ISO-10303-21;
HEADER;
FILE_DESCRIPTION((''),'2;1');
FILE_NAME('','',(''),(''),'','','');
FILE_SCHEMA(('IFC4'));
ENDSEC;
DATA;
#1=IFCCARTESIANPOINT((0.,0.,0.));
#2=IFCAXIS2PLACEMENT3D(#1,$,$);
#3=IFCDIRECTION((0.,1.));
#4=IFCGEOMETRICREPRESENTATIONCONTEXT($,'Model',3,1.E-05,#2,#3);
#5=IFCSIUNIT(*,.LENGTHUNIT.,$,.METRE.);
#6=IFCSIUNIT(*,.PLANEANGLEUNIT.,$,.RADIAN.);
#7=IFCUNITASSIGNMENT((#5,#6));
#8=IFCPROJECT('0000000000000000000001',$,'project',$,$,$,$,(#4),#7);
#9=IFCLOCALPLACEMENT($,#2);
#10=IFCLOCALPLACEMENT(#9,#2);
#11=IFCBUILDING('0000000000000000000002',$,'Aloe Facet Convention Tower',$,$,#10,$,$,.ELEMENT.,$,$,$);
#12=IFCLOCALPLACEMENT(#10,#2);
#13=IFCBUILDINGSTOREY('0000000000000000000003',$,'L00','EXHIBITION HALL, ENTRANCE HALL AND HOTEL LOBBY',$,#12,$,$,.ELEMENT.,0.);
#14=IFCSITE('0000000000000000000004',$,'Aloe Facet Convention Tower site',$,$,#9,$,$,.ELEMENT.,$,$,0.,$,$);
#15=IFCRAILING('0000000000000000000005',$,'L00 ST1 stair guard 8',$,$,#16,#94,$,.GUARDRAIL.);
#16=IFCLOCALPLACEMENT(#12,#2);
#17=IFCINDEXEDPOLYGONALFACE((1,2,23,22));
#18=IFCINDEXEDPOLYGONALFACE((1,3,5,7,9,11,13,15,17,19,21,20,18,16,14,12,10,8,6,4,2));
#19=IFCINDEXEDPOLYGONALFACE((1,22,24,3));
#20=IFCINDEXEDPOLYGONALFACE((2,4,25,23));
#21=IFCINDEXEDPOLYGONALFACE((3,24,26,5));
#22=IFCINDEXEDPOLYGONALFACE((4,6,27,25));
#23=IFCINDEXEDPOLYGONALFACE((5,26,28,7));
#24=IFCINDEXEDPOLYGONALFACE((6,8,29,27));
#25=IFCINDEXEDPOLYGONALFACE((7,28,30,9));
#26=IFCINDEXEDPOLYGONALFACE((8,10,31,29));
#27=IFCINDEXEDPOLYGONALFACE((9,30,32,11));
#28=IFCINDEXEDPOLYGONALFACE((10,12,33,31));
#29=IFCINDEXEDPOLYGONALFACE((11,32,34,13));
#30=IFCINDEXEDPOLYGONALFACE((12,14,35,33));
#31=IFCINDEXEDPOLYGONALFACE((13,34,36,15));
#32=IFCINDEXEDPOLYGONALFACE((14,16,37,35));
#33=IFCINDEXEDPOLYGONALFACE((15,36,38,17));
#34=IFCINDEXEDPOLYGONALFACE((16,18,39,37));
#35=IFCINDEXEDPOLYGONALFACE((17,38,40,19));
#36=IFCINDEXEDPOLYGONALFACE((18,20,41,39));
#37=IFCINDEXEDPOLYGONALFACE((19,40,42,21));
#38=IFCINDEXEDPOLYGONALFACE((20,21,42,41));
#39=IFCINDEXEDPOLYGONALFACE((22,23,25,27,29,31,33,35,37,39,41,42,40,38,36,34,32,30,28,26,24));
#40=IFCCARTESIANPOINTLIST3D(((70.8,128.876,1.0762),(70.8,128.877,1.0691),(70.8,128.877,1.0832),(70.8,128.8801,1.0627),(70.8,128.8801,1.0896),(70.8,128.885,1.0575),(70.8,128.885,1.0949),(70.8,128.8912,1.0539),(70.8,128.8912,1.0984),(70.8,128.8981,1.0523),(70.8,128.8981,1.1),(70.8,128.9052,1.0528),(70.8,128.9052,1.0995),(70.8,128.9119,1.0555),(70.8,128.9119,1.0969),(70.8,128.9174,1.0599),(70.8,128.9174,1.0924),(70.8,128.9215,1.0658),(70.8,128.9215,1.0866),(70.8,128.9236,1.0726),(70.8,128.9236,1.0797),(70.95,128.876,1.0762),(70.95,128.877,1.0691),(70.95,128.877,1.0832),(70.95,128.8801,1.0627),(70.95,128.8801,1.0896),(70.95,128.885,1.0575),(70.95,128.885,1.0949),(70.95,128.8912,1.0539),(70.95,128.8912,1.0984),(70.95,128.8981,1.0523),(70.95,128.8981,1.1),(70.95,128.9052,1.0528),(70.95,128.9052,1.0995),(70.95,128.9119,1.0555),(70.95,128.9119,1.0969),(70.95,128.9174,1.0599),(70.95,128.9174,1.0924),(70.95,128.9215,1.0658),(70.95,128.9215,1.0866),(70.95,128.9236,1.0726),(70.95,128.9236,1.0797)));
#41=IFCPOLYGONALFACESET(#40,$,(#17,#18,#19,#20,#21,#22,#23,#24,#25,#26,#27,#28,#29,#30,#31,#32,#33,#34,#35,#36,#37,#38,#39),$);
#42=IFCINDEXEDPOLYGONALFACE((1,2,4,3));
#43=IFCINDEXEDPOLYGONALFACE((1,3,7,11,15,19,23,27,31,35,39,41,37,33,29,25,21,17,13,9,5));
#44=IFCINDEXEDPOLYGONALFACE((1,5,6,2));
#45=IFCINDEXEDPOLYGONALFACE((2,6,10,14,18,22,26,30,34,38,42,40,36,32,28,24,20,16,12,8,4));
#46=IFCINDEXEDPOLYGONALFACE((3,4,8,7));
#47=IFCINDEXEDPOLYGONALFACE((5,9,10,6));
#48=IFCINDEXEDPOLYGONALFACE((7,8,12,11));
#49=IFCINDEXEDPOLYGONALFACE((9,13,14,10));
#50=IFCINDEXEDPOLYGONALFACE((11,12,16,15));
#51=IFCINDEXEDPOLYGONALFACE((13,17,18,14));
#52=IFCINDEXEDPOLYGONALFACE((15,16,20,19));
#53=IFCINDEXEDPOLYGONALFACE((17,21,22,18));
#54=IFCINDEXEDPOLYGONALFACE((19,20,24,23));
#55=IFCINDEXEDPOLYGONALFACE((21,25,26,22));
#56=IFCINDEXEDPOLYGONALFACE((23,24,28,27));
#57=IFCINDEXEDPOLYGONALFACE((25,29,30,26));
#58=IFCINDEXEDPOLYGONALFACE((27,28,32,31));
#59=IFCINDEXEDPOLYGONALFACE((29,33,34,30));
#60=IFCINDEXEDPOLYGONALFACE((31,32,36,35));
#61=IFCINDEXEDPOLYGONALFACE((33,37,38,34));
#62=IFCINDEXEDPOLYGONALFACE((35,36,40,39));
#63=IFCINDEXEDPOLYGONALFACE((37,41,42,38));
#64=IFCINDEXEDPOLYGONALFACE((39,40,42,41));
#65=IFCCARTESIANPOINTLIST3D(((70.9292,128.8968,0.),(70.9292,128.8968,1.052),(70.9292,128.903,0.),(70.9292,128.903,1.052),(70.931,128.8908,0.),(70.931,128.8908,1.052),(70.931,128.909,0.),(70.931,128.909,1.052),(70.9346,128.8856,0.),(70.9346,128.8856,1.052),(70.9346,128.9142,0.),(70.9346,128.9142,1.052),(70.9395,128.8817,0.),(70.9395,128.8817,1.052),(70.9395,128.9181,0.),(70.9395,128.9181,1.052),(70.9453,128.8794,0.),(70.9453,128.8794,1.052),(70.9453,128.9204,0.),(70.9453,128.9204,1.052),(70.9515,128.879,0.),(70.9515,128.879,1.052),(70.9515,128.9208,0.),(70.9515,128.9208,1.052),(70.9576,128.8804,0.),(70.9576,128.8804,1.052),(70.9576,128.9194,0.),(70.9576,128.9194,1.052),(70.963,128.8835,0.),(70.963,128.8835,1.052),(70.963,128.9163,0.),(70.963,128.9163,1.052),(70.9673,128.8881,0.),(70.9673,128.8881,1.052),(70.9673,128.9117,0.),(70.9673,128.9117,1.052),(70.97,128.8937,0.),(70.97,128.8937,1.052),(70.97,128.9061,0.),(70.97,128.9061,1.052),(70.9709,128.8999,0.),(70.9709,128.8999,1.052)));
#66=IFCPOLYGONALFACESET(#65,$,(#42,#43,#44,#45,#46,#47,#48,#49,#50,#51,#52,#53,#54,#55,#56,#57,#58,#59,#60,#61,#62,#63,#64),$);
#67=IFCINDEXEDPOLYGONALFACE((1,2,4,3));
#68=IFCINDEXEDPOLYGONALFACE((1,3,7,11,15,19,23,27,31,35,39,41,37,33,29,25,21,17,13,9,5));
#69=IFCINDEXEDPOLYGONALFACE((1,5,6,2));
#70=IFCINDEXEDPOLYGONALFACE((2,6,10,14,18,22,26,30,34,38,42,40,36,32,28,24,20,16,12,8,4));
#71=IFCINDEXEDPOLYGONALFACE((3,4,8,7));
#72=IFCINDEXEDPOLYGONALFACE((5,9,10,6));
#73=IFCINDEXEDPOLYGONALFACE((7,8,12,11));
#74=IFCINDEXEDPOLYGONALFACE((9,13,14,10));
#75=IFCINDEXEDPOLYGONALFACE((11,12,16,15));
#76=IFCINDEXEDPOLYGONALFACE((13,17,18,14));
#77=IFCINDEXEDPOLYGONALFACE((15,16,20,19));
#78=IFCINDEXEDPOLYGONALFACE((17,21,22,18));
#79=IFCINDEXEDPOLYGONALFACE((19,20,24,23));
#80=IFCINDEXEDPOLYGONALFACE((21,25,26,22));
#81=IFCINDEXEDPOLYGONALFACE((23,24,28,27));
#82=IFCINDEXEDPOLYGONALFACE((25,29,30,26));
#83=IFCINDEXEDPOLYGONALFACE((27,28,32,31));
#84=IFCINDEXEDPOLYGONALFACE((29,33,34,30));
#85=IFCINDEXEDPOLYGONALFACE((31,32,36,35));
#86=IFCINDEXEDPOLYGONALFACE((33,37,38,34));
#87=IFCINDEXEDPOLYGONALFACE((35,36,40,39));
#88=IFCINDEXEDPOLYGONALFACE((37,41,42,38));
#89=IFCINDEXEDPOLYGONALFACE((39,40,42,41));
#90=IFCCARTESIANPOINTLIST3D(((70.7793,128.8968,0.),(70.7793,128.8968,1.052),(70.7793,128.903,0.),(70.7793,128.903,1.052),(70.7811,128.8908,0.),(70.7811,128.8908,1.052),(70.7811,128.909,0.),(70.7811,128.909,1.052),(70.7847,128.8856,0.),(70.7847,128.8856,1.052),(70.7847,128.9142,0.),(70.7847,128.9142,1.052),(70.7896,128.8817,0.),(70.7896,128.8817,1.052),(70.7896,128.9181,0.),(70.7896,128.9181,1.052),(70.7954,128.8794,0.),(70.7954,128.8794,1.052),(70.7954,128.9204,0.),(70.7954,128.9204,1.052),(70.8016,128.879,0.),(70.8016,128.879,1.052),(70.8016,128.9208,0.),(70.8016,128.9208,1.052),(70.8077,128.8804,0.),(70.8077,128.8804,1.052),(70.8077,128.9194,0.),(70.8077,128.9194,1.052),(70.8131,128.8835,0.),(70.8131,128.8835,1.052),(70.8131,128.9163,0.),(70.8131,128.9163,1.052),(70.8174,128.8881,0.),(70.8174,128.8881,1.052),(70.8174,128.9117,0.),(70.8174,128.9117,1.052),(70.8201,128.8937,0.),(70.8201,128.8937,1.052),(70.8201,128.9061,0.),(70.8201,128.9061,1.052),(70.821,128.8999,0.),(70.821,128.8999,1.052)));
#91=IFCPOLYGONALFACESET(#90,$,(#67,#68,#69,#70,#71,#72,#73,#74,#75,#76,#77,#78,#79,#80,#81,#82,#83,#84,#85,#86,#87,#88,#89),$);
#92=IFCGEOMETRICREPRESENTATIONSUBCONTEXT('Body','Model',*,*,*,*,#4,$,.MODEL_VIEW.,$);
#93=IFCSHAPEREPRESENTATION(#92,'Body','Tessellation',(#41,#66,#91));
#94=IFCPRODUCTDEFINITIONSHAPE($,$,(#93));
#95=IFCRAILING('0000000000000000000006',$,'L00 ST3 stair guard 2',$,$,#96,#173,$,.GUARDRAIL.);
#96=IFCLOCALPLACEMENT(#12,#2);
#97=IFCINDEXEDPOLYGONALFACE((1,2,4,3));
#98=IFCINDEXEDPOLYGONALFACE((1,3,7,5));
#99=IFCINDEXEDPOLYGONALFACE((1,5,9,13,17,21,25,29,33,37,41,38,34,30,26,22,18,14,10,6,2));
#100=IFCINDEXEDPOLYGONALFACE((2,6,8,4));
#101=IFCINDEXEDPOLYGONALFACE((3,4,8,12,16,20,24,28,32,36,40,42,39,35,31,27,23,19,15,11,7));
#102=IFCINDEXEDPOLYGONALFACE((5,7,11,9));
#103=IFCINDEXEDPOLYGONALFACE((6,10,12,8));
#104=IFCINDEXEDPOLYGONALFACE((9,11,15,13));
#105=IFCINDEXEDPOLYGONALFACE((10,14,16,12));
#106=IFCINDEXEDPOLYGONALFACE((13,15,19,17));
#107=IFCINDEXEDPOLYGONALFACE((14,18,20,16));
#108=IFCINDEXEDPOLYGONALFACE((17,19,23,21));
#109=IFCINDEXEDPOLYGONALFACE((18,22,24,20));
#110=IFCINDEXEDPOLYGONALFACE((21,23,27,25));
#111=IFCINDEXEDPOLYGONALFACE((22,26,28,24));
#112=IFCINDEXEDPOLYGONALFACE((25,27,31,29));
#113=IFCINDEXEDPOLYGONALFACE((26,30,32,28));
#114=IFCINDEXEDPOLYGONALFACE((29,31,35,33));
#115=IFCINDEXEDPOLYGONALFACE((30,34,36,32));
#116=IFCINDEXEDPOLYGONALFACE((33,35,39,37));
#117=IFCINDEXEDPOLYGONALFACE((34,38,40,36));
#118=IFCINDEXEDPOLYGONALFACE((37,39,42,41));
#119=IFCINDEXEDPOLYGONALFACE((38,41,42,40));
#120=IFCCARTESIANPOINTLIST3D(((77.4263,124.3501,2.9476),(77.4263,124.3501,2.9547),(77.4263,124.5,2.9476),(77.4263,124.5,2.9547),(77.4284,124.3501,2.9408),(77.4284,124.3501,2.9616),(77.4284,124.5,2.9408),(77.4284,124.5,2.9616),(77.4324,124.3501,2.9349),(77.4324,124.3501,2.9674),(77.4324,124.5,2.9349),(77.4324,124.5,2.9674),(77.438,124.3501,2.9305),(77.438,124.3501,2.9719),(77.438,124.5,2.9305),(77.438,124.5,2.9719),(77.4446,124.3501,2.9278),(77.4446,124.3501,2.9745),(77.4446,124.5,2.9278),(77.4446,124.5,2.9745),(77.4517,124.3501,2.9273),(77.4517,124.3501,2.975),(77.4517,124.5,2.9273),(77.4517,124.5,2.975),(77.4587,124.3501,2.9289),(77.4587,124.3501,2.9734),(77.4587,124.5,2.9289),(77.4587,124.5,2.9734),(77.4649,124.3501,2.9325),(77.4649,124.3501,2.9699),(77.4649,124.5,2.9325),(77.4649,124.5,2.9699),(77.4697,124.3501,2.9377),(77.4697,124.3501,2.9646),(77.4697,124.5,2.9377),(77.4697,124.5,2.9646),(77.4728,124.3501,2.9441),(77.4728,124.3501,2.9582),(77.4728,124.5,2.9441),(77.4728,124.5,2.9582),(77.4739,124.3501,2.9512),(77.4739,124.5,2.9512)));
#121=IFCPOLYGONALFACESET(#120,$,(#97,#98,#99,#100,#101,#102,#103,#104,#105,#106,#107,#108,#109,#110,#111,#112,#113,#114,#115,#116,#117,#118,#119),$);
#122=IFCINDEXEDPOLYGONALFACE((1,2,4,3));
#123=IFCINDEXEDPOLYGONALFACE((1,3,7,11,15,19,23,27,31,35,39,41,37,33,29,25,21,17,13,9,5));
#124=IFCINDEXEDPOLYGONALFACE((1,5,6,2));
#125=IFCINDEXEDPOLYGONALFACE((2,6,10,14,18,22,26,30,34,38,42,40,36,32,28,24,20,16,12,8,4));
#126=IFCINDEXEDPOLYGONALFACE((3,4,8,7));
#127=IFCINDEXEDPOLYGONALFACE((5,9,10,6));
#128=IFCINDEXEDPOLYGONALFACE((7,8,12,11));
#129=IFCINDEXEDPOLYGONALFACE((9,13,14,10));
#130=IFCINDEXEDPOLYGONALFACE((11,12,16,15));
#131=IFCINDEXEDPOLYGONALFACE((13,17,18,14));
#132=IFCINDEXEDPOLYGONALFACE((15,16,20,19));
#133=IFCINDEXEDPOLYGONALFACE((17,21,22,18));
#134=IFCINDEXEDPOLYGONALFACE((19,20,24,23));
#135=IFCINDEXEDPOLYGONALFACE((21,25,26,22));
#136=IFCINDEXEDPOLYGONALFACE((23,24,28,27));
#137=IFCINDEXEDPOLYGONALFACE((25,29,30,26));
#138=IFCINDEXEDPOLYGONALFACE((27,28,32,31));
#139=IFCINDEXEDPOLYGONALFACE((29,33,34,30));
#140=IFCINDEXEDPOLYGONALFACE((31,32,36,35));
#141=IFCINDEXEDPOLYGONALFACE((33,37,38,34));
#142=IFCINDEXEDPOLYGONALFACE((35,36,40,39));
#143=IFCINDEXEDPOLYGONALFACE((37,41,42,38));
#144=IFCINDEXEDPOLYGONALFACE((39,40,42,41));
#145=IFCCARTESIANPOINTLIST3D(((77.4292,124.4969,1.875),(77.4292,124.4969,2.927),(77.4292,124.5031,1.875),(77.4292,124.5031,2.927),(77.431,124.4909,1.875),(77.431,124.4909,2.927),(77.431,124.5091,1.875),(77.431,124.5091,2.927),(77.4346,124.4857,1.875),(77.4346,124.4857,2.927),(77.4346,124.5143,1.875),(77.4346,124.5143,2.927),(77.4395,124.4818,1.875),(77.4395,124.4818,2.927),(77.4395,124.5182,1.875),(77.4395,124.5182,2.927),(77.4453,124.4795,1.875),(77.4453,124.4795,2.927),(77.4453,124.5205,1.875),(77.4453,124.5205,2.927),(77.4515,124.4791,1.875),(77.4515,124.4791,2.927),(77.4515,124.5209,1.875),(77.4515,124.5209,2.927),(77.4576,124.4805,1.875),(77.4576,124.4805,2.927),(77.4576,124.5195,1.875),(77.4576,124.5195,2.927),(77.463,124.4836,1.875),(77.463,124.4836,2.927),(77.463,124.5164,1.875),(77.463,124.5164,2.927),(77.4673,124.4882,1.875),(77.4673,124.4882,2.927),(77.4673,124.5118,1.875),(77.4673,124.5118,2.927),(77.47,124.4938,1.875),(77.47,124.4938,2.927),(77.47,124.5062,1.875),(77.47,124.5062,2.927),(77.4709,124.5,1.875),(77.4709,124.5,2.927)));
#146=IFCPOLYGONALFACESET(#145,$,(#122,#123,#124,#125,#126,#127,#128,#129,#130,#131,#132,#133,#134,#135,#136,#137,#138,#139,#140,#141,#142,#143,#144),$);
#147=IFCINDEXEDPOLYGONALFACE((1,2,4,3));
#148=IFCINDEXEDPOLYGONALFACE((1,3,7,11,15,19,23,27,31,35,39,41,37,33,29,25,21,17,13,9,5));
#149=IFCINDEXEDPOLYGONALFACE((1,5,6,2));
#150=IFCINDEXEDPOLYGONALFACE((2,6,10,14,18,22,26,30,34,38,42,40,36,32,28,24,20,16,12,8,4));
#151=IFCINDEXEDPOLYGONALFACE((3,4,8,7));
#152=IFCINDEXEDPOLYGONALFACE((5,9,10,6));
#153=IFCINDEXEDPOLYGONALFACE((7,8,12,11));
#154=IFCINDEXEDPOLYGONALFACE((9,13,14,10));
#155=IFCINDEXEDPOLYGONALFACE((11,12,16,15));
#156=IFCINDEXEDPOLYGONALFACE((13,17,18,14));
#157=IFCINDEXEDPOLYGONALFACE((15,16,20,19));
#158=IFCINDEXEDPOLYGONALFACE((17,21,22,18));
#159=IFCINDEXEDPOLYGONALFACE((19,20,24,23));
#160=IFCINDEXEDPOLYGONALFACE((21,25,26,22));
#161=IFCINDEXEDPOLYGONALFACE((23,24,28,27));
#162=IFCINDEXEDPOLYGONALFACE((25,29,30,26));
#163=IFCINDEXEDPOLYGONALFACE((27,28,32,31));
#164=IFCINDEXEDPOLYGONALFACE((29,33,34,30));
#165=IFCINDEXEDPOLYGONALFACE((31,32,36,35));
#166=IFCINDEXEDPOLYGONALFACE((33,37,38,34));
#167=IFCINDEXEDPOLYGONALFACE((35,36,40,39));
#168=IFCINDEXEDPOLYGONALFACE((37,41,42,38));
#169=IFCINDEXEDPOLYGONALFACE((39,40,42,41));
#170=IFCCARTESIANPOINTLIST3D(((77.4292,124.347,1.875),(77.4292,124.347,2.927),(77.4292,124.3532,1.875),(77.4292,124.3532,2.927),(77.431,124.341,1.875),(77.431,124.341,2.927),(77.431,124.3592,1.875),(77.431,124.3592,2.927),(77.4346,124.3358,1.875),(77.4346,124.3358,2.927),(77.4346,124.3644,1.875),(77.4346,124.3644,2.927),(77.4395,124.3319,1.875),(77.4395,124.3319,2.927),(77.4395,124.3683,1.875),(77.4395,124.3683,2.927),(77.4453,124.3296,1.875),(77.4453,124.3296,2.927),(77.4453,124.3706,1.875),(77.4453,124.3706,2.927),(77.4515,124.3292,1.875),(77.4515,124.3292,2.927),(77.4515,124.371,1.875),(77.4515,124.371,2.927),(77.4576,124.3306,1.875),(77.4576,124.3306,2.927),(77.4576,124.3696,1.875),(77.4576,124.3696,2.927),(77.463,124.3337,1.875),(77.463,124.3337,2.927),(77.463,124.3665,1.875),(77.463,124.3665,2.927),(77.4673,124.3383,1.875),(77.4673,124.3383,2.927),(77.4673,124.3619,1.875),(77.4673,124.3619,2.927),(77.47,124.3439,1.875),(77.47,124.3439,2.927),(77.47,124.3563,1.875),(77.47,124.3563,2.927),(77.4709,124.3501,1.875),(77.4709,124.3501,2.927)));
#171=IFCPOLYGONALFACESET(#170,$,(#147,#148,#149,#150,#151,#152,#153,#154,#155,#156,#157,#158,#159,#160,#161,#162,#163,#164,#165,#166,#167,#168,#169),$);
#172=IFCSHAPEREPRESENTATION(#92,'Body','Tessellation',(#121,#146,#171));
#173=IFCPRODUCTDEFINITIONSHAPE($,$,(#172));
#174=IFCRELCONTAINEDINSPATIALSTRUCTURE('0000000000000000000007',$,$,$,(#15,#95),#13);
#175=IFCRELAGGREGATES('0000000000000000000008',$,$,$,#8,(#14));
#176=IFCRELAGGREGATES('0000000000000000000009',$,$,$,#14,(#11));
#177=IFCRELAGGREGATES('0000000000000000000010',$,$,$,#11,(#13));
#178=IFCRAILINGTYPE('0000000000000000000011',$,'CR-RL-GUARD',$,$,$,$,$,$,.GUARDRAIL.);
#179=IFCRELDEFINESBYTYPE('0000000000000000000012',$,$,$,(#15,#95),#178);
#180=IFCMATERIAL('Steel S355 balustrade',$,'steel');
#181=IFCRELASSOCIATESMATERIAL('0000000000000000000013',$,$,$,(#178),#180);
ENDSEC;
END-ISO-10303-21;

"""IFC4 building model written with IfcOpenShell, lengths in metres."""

from ifc_helpers import new_model, si_unit, direction, frame, origin, origin_2d, place, context, subcontext, project, spatial, circle, extrude, material, type_object, element, save


model = new_model("IFC4")

# Units and contexts
model_context = context("Model", 3, precision=1e-05, world=origin(), true_north=direction((0.0, 1.0)))
body_context = subcontext(model_context, "Body", "Model", "MODEL_VIEW")
ifc_project = project(units=[si_unit("LENGTHUNIT", "METRE"), si_unit("PLANEANGLEUNIT", "RADIAN")], contexts=[model_context])

# Site, building, storey
site_placement = place(None, origin())
site = spatial("IfcSite", under=ifc_project, at=site_placement, Name="Aloe Facet Convention Tower site", CompositionType="ELEMENT", RefElevation=0.0)
building_placement = place(site_placement, origin())
building = spatial("IfcBuilding", under=site, at=building_placement, Name="Aloe Facet Convention Tower", CompositionType="ELEMENT")
storey_placement = place(building_placement, origin())
storey = spatial("IfcBuildingStorey", under=building, at=storey_placement, Name="L00", Description="EXHIBITION HALL, ENTRANCE HALL AND HOTEL LOBBY", CompositionType="ELEMENT", Elevation=0.0)

# Railings
ifc_material_1 = material(Name="Steel S355 balustrade", Category="steel")
railing_type = type_object("IfcRailingType", Name="CR-RL-GUARD", PredefinedType="GUARDRAIL", material=ifc_material_1)
railing_1_placement = place(storey_placement, frame((70.95, 128.8999, 0.0)))
element("IfcRailing", 1, at=railing_1_placement, inside=storey, type_object=railing_type, Name="L00 ST1 stair guard 8", PredefinedType="GUARDRAIL", context=body_context, shape_type="SweptSolid", body=[
    extrude(circle(Radius=0.0239, at=origin_2d()), frame((0.0, 0.0, 1.0762), z_axis=(-1.0, 0.0, 0.0), x_axis=(0.0, -1.0, 0.0)), (0.0, 0.0, 1.0), 0.1499),
    extrude(circle(Radius=0.021, at=origin_2d()), origin(), (0.0, 0.0, 1.0), 1.052),
    extrude(circle(Radius=0.021, at=origin_2d()), frame((-0.1499, 0.0, 0.0)), (0.0, 0.0, 1.0), 1.052),
])
railing_2_placement = place(storey_placement, frame((77.45, 124.5, 1.875)))
element("IfcRailing", 2, at=railing_2_placement, inside=storey, type_object=railing_type, Name="L00 ST3 stair guard 2", PredefinedType="GUARDRAIL", context=body_context, shape_type="SweptSolid", body=[
    extrude(circle(Radius=0.0239, at=origin_2d()), frame((0.0, 0.0, 1.0762), z_axis=(0.0, -1.0, 0.0), x_axis=(1.0, 0.0, 0.0)), (0.0, 0.0, 1.0), 0.1499),
    extrude(circle(Radius=0.021, at=origin_2d()), origin(), (0.0, 0.0, 1.0), 1.052),
    extrude(circle(Radius=0.021, at=origin_2d()), frame((0.0, -0.1499, 0.0)), (0.0, 0.0, 1.0), 1.052),
])

save(model, "model.ifc")
